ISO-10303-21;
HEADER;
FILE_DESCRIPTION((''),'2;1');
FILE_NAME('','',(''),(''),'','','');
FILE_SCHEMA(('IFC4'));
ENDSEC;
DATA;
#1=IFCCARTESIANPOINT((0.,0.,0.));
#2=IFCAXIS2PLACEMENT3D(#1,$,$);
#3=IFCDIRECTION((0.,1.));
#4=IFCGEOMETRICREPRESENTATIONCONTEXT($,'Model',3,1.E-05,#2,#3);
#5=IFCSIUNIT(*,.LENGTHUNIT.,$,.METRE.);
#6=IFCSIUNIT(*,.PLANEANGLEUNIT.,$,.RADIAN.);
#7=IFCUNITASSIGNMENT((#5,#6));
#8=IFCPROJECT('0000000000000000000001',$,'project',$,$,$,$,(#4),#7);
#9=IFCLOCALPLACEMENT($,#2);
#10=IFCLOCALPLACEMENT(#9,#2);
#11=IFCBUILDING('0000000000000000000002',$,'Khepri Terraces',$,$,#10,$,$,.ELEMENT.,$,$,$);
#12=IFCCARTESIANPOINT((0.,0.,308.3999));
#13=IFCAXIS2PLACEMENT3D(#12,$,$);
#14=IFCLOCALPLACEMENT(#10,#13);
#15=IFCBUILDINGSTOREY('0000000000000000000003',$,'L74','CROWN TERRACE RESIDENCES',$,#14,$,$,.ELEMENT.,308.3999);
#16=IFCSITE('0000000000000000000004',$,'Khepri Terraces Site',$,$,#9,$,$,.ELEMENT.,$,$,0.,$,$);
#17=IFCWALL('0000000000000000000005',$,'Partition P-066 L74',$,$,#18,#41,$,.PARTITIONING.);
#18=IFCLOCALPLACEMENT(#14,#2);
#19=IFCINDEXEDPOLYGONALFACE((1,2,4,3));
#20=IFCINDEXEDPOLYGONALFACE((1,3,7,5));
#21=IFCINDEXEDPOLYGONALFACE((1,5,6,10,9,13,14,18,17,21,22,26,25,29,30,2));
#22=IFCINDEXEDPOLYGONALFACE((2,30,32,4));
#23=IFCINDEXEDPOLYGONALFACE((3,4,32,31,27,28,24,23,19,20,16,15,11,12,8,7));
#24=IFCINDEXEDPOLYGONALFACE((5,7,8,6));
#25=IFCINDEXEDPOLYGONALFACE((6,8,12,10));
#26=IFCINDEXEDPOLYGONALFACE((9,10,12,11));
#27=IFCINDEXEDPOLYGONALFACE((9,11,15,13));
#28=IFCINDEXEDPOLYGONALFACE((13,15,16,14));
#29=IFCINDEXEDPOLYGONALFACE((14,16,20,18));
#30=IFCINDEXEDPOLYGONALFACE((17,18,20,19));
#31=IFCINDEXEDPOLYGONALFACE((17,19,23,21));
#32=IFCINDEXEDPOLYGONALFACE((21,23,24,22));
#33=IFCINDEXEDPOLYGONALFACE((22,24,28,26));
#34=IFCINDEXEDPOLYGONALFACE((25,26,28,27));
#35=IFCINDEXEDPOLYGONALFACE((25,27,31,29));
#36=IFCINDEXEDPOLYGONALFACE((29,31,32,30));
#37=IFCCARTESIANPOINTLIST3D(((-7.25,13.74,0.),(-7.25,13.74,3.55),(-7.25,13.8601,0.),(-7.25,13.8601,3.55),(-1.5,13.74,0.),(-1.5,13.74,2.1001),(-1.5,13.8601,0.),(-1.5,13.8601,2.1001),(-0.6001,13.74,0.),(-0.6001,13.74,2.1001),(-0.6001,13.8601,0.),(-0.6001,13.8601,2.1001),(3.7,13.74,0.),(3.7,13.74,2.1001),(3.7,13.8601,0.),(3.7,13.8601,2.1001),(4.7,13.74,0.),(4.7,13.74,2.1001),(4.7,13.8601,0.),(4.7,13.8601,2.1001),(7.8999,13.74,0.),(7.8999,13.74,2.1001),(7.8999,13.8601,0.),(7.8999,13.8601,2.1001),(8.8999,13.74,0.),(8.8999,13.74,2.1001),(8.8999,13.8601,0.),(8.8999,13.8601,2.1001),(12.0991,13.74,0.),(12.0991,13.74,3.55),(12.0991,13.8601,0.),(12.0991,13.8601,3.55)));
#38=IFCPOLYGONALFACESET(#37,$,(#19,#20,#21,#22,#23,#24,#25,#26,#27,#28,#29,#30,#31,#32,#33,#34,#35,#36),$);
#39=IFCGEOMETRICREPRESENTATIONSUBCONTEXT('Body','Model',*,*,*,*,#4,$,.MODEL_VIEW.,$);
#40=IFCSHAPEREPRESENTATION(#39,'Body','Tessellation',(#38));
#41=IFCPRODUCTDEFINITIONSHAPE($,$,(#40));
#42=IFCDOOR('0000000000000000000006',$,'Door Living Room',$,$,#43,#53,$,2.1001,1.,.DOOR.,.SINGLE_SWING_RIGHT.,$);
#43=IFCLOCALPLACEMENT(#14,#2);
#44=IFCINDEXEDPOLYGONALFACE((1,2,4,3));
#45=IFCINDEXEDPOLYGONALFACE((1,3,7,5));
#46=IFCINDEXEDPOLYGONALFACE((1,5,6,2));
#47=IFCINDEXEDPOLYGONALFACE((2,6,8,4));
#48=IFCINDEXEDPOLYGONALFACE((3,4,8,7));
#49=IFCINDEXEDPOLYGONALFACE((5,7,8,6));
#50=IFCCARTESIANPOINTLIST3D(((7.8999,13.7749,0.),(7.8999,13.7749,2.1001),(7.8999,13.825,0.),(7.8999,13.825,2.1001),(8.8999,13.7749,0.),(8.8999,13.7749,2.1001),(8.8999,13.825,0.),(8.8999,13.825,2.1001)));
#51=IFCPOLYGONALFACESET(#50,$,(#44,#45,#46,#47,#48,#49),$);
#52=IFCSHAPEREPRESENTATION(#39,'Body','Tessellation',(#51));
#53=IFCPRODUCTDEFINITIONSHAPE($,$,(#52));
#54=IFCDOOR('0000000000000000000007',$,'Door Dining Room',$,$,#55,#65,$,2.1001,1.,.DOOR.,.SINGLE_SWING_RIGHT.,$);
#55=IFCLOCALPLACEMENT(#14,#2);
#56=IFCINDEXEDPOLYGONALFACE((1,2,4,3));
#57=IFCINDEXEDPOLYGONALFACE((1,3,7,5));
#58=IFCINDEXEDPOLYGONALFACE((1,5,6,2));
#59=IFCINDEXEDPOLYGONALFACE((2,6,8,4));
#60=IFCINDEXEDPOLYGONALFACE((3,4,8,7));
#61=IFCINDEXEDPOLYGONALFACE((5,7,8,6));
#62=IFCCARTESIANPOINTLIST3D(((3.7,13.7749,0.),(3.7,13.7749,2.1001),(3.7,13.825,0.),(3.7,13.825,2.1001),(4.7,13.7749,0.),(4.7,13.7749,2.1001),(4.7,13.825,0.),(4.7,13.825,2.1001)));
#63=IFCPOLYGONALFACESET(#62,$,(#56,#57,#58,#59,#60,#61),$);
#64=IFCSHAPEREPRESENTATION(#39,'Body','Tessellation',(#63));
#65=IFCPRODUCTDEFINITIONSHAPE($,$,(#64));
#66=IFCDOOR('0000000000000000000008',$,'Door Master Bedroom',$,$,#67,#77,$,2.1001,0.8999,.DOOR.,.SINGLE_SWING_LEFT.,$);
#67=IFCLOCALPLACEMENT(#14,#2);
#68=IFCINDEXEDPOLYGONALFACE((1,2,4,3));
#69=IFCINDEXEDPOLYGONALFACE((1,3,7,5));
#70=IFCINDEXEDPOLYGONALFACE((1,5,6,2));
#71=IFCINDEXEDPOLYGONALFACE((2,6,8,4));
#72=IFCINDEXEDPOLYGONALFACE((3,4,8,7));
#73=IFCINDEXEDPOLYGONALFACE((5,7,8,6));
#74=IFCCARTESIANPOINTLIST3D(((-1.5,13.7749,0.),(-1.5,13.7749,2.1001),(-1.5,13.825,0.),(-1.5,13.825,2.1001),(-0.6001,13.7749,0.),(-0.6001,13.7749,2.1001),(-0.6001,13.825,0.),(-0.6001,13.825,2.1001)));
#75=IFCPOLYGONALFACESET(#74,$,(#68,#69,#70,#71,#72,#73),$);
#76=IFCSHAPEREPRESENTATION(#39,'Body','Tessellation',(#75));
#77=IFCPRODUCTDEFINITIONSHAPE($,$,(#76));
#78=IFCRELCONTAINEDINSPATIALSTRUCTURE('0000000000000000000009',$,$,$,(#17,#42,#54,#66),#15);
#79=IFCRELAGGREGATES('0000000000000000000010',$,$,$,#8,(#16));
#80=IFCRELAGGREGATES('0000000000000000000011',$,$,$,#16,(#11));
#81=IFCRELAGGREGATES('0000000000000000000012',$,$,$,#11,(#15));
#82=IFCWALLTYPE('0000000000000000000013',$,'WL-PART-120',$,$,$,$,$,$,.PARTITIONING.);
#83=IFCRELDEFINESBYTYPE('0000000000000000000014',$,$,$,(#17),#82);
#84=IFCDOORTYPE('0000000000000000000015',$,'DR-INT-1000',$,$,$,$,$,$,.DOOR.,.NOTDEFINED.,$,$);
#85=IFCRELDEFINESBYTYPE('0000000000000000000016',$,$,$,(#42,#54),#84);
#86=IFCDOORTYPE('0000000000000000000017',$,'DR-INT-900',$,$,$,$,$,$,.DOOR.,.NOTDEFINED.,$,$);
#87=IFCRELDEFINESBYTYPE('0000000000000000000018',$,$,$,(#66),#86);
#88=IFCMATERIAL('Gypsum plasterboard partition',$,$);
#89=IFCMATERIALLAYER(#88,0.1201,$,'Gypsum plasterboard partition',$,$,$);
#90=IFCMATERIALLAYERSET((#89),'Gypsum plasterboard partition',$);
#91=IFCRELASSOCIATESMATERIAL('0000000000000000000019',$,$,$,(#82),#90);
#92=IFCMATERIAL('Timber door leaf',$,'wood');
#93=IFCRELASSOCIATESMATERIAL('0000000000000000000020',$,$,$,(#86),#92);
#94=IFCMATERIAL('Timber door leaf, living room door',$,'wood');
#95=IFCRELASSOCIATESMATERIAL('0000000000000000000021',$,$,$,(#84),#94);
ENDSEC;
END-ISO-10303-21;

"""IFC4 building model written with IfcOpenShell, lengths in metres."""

from ifc_helpers import new_model, si_unit, direction, frame, frame_2d, origin, place, context, subcontext, project, spatial, rectangle, extrude, material, layer, layer_set, type_object, element, fill, save


model = new_model("IFC4")

# Units and contexts
model_context = context("Model", 3, precision=1e-05, world=origin(), true_north=direction((0.0, 1.0)))
body_context = subcontext(model_context, "Body", "Model", "MODEL_VIEW")
ifc_project = project(units=[si_unit("LENGTHUNIT", "METRE"), si_unit("PLANEANGLEUNIT", "RADIAN")], contexts=[model_context])

# Site, building, storey
site_placement = place(None, origin())
site = spatial("IfcSite", under=ifc_project, at=site_placement, Name="Khepri Terraces Site", CompositionType="ELEMENT", RefElevation=0.0)
building_placement = place(site_placement, origin())
building = spatial("IfcBuilding", under=site, at=building_placement, Name="Khepri Terraces", CompositionType="ELEMENT")
storey_placement = place(building_placement, frame((0.0, 0.0, 308.3999)))
storey = spatial("IfcBuildingStorey", under=building, at=storey_placement, Name="L74", Description="CROWN TERRACE RESIDENCES", CompositionType="ELEMENT", Elevation=308.3999)

# Wall, openings, doors
ifc_material_1 = material(Name="Gypsum plasterboard partition")
ifc_layer_1 = layer(ifc_material_1, 0.1201, Name="Gypsum plasterboard partition")
ifc_layer_set_1 = layer_set([ifc_layer_1], Name="Gypsum plasterboard partition")
wall_type_1 = type_object("IfcWallType", Name="WL-PART-120", PredefinedType="PARTITIONING", material=ifc_layer_set_1)
ifc_material_2 = material(Name="Timber door leaf", Category="wood")
door_type_1 = type_object("IfcDoorType", Name="DR-INT-900", OperationType="NOTDEFINED", PredefinedType="DOOR", material=ifc_material_2)
wall_1_placement = place(storey_placement, frame((-7.25, 13.8, 0.0), z_axis=(0.0, 0.0, 1.0), x_axis=(1.0, 0.0, 0.0)))
wall_1 = element("IfcWall", 1, at=wall_1_placement, inside=storey, type_object=wall_type_1, Name="Partition P-066 L74", PredefinedType="PARTITIONING", context=body_context, shape_type="SweptSolid", body=[
    extrude(rectangle(XDim=19.3491, YDim=0.1201, at=frame_2d((9.6746, 0.0))), origin(), (0.0, 0.0, 1.0), 3.55),
])
opening_1_placement = place(wall_1_placement, frame((15.1499, 0.0, 0.0)))
opening_1 = element("IfcOpeningElement", 2, at=opening_1_placement, cuts=wall_1, PredefinedType="OPENING", context=body_context, shape_type="SweptSolid", body=[
    extrude(rectangle(XDim=1.0, YDim=2.1001, at=frame_2d((0.5, 1.05))), frame((0.0, 0.0701, 0.0), z_axis=(0.0, -1.0, 0.0), x_axis=(1.0, 0.0, 0.0)), (0.0, 0.0, 1.0), 0.1401),
])
opening_2_placement = place(wall_1_placement, frame((10.95, 0.0, 0.0)))
opening_2 = element("IfcOpeningElement", 3, at=opening_2_placement, cuts=wall_1, PredefinedType="OPENING", context=body_context, shape_type="SweptSolid", body=[
    extrude(rectangle(XDim=1.0, YDim=2.1001, at=frame_2d((0.5, 1.05))), frame((0.0, 0.0701, 0.0), z_axis=(0.0, -1.0, 0.0), x_axis=(1.0, 0.0, 0.0)), (0.0, 0.0, 1.0), 0.1401),
])
opening_3_placement = place(wall_1_placement, frame((5.75, 0.0, 0.0)))
opening_3 = element("IfcOpeningElement", 4, at=opening_3_placement, cuts=wall_1, PredefinedType="OPENING", context=body_context, shape_type="SweptSolid", body=[
    extrude(rectangle(XDim=0.8999, YDim=2.1001, at=frame_2d((0.45, 1.05))), frame((0.0, 0.0701, 0.0), z_axis=(0.0, -1.0, 0.0), x_axis=(1.0, 0.0, 0.0)), (0.0, 0.0, 1.0), 0.1401),
])
ifc_material_3 = material(Name="Timber door leaf, living room door", Category="wood")
door_type_2 = type_object("IfcDoorType", Name="DR-INT-1000", OperationType="NOTDEFINED", PredefinedType="DOOR", material=ifc_material_3)
door_1_placement = place(opening_1_placement, origin())
door_1 = element("IfcDoor", 5, at=door_1_placement, inside=storey, type_object=door_type_2, Name="Door Living Room", OperationType="SINGLE_SWING_RIGHT", OverallHeight=2.1001, OverallWidth=1.0, PredefinedType="DOOR", context=body_context, shape_type="SweptSolid", body=[
    extrude(rectangle(XDim=1.0, YDim=2.1001, at=frame_2d((0.5, 1.05))), frame((0.0, 0.0249, 0.0), z_axis=(0.0, -1.0, 0.0), x_axis=(1.0, 0.0, 0.0)), (0.0, 0.0, 1.0), 0.05),
])
fill(opening_1, door_1)
door_2_placement = place(opening_2_placement, origin())
door_2 = element("IfcDoor", 6, at=door_2_placement, inside=storey, type_object=door_type_2, Name="Door Dining Room", OperationType="SINGLE_SWING_RIGHT", OverallHeight=2.1001, OverallWidth=1.0, PredefinedType="DOOR", context=body_context, shape_type="SweptSolid", body=[
    extrude(rectangle(XDim=1.0, YDim=2.1001, at=frame_2d((0.5, 1.05))), frame((0.0, 0.0249, 0.0), z_axis=(0.0, -1.0, 0.0), x_axis=(1.0, 0.0, 0.0)), (0.0, 0.0, 1.0), 0.05),
])
fill(opening_2, door_2)
door_3_placement = place(opening_3_placement, origin())
door_3 = element("IfcDoor", 7, at=door_3_placement, inside=storey, type_object=door_type_1, Name="Door Master Bedroom", OperationType="SINGLE_SWING_LEFT", OverallHeight=2.1001, OverallWidth=0.8999, PredefinedType="DOOR", context=body_context, shape_type="SweptSolid", body=[
    extrude(rectangle(XDim=0.8999, YDim=2.1001, at=frame_2d((0.45, 1.05))), frame((0.0, 0.0249, 0.0), z_axis=(0.0, -1.0, 0.0), x_axis=(1.0, 0.0, 0.0)), (0.0, 0.0, 1.0), 0.05),
])
fill(opening_3, door_3)

save(model, "model.ifc")
